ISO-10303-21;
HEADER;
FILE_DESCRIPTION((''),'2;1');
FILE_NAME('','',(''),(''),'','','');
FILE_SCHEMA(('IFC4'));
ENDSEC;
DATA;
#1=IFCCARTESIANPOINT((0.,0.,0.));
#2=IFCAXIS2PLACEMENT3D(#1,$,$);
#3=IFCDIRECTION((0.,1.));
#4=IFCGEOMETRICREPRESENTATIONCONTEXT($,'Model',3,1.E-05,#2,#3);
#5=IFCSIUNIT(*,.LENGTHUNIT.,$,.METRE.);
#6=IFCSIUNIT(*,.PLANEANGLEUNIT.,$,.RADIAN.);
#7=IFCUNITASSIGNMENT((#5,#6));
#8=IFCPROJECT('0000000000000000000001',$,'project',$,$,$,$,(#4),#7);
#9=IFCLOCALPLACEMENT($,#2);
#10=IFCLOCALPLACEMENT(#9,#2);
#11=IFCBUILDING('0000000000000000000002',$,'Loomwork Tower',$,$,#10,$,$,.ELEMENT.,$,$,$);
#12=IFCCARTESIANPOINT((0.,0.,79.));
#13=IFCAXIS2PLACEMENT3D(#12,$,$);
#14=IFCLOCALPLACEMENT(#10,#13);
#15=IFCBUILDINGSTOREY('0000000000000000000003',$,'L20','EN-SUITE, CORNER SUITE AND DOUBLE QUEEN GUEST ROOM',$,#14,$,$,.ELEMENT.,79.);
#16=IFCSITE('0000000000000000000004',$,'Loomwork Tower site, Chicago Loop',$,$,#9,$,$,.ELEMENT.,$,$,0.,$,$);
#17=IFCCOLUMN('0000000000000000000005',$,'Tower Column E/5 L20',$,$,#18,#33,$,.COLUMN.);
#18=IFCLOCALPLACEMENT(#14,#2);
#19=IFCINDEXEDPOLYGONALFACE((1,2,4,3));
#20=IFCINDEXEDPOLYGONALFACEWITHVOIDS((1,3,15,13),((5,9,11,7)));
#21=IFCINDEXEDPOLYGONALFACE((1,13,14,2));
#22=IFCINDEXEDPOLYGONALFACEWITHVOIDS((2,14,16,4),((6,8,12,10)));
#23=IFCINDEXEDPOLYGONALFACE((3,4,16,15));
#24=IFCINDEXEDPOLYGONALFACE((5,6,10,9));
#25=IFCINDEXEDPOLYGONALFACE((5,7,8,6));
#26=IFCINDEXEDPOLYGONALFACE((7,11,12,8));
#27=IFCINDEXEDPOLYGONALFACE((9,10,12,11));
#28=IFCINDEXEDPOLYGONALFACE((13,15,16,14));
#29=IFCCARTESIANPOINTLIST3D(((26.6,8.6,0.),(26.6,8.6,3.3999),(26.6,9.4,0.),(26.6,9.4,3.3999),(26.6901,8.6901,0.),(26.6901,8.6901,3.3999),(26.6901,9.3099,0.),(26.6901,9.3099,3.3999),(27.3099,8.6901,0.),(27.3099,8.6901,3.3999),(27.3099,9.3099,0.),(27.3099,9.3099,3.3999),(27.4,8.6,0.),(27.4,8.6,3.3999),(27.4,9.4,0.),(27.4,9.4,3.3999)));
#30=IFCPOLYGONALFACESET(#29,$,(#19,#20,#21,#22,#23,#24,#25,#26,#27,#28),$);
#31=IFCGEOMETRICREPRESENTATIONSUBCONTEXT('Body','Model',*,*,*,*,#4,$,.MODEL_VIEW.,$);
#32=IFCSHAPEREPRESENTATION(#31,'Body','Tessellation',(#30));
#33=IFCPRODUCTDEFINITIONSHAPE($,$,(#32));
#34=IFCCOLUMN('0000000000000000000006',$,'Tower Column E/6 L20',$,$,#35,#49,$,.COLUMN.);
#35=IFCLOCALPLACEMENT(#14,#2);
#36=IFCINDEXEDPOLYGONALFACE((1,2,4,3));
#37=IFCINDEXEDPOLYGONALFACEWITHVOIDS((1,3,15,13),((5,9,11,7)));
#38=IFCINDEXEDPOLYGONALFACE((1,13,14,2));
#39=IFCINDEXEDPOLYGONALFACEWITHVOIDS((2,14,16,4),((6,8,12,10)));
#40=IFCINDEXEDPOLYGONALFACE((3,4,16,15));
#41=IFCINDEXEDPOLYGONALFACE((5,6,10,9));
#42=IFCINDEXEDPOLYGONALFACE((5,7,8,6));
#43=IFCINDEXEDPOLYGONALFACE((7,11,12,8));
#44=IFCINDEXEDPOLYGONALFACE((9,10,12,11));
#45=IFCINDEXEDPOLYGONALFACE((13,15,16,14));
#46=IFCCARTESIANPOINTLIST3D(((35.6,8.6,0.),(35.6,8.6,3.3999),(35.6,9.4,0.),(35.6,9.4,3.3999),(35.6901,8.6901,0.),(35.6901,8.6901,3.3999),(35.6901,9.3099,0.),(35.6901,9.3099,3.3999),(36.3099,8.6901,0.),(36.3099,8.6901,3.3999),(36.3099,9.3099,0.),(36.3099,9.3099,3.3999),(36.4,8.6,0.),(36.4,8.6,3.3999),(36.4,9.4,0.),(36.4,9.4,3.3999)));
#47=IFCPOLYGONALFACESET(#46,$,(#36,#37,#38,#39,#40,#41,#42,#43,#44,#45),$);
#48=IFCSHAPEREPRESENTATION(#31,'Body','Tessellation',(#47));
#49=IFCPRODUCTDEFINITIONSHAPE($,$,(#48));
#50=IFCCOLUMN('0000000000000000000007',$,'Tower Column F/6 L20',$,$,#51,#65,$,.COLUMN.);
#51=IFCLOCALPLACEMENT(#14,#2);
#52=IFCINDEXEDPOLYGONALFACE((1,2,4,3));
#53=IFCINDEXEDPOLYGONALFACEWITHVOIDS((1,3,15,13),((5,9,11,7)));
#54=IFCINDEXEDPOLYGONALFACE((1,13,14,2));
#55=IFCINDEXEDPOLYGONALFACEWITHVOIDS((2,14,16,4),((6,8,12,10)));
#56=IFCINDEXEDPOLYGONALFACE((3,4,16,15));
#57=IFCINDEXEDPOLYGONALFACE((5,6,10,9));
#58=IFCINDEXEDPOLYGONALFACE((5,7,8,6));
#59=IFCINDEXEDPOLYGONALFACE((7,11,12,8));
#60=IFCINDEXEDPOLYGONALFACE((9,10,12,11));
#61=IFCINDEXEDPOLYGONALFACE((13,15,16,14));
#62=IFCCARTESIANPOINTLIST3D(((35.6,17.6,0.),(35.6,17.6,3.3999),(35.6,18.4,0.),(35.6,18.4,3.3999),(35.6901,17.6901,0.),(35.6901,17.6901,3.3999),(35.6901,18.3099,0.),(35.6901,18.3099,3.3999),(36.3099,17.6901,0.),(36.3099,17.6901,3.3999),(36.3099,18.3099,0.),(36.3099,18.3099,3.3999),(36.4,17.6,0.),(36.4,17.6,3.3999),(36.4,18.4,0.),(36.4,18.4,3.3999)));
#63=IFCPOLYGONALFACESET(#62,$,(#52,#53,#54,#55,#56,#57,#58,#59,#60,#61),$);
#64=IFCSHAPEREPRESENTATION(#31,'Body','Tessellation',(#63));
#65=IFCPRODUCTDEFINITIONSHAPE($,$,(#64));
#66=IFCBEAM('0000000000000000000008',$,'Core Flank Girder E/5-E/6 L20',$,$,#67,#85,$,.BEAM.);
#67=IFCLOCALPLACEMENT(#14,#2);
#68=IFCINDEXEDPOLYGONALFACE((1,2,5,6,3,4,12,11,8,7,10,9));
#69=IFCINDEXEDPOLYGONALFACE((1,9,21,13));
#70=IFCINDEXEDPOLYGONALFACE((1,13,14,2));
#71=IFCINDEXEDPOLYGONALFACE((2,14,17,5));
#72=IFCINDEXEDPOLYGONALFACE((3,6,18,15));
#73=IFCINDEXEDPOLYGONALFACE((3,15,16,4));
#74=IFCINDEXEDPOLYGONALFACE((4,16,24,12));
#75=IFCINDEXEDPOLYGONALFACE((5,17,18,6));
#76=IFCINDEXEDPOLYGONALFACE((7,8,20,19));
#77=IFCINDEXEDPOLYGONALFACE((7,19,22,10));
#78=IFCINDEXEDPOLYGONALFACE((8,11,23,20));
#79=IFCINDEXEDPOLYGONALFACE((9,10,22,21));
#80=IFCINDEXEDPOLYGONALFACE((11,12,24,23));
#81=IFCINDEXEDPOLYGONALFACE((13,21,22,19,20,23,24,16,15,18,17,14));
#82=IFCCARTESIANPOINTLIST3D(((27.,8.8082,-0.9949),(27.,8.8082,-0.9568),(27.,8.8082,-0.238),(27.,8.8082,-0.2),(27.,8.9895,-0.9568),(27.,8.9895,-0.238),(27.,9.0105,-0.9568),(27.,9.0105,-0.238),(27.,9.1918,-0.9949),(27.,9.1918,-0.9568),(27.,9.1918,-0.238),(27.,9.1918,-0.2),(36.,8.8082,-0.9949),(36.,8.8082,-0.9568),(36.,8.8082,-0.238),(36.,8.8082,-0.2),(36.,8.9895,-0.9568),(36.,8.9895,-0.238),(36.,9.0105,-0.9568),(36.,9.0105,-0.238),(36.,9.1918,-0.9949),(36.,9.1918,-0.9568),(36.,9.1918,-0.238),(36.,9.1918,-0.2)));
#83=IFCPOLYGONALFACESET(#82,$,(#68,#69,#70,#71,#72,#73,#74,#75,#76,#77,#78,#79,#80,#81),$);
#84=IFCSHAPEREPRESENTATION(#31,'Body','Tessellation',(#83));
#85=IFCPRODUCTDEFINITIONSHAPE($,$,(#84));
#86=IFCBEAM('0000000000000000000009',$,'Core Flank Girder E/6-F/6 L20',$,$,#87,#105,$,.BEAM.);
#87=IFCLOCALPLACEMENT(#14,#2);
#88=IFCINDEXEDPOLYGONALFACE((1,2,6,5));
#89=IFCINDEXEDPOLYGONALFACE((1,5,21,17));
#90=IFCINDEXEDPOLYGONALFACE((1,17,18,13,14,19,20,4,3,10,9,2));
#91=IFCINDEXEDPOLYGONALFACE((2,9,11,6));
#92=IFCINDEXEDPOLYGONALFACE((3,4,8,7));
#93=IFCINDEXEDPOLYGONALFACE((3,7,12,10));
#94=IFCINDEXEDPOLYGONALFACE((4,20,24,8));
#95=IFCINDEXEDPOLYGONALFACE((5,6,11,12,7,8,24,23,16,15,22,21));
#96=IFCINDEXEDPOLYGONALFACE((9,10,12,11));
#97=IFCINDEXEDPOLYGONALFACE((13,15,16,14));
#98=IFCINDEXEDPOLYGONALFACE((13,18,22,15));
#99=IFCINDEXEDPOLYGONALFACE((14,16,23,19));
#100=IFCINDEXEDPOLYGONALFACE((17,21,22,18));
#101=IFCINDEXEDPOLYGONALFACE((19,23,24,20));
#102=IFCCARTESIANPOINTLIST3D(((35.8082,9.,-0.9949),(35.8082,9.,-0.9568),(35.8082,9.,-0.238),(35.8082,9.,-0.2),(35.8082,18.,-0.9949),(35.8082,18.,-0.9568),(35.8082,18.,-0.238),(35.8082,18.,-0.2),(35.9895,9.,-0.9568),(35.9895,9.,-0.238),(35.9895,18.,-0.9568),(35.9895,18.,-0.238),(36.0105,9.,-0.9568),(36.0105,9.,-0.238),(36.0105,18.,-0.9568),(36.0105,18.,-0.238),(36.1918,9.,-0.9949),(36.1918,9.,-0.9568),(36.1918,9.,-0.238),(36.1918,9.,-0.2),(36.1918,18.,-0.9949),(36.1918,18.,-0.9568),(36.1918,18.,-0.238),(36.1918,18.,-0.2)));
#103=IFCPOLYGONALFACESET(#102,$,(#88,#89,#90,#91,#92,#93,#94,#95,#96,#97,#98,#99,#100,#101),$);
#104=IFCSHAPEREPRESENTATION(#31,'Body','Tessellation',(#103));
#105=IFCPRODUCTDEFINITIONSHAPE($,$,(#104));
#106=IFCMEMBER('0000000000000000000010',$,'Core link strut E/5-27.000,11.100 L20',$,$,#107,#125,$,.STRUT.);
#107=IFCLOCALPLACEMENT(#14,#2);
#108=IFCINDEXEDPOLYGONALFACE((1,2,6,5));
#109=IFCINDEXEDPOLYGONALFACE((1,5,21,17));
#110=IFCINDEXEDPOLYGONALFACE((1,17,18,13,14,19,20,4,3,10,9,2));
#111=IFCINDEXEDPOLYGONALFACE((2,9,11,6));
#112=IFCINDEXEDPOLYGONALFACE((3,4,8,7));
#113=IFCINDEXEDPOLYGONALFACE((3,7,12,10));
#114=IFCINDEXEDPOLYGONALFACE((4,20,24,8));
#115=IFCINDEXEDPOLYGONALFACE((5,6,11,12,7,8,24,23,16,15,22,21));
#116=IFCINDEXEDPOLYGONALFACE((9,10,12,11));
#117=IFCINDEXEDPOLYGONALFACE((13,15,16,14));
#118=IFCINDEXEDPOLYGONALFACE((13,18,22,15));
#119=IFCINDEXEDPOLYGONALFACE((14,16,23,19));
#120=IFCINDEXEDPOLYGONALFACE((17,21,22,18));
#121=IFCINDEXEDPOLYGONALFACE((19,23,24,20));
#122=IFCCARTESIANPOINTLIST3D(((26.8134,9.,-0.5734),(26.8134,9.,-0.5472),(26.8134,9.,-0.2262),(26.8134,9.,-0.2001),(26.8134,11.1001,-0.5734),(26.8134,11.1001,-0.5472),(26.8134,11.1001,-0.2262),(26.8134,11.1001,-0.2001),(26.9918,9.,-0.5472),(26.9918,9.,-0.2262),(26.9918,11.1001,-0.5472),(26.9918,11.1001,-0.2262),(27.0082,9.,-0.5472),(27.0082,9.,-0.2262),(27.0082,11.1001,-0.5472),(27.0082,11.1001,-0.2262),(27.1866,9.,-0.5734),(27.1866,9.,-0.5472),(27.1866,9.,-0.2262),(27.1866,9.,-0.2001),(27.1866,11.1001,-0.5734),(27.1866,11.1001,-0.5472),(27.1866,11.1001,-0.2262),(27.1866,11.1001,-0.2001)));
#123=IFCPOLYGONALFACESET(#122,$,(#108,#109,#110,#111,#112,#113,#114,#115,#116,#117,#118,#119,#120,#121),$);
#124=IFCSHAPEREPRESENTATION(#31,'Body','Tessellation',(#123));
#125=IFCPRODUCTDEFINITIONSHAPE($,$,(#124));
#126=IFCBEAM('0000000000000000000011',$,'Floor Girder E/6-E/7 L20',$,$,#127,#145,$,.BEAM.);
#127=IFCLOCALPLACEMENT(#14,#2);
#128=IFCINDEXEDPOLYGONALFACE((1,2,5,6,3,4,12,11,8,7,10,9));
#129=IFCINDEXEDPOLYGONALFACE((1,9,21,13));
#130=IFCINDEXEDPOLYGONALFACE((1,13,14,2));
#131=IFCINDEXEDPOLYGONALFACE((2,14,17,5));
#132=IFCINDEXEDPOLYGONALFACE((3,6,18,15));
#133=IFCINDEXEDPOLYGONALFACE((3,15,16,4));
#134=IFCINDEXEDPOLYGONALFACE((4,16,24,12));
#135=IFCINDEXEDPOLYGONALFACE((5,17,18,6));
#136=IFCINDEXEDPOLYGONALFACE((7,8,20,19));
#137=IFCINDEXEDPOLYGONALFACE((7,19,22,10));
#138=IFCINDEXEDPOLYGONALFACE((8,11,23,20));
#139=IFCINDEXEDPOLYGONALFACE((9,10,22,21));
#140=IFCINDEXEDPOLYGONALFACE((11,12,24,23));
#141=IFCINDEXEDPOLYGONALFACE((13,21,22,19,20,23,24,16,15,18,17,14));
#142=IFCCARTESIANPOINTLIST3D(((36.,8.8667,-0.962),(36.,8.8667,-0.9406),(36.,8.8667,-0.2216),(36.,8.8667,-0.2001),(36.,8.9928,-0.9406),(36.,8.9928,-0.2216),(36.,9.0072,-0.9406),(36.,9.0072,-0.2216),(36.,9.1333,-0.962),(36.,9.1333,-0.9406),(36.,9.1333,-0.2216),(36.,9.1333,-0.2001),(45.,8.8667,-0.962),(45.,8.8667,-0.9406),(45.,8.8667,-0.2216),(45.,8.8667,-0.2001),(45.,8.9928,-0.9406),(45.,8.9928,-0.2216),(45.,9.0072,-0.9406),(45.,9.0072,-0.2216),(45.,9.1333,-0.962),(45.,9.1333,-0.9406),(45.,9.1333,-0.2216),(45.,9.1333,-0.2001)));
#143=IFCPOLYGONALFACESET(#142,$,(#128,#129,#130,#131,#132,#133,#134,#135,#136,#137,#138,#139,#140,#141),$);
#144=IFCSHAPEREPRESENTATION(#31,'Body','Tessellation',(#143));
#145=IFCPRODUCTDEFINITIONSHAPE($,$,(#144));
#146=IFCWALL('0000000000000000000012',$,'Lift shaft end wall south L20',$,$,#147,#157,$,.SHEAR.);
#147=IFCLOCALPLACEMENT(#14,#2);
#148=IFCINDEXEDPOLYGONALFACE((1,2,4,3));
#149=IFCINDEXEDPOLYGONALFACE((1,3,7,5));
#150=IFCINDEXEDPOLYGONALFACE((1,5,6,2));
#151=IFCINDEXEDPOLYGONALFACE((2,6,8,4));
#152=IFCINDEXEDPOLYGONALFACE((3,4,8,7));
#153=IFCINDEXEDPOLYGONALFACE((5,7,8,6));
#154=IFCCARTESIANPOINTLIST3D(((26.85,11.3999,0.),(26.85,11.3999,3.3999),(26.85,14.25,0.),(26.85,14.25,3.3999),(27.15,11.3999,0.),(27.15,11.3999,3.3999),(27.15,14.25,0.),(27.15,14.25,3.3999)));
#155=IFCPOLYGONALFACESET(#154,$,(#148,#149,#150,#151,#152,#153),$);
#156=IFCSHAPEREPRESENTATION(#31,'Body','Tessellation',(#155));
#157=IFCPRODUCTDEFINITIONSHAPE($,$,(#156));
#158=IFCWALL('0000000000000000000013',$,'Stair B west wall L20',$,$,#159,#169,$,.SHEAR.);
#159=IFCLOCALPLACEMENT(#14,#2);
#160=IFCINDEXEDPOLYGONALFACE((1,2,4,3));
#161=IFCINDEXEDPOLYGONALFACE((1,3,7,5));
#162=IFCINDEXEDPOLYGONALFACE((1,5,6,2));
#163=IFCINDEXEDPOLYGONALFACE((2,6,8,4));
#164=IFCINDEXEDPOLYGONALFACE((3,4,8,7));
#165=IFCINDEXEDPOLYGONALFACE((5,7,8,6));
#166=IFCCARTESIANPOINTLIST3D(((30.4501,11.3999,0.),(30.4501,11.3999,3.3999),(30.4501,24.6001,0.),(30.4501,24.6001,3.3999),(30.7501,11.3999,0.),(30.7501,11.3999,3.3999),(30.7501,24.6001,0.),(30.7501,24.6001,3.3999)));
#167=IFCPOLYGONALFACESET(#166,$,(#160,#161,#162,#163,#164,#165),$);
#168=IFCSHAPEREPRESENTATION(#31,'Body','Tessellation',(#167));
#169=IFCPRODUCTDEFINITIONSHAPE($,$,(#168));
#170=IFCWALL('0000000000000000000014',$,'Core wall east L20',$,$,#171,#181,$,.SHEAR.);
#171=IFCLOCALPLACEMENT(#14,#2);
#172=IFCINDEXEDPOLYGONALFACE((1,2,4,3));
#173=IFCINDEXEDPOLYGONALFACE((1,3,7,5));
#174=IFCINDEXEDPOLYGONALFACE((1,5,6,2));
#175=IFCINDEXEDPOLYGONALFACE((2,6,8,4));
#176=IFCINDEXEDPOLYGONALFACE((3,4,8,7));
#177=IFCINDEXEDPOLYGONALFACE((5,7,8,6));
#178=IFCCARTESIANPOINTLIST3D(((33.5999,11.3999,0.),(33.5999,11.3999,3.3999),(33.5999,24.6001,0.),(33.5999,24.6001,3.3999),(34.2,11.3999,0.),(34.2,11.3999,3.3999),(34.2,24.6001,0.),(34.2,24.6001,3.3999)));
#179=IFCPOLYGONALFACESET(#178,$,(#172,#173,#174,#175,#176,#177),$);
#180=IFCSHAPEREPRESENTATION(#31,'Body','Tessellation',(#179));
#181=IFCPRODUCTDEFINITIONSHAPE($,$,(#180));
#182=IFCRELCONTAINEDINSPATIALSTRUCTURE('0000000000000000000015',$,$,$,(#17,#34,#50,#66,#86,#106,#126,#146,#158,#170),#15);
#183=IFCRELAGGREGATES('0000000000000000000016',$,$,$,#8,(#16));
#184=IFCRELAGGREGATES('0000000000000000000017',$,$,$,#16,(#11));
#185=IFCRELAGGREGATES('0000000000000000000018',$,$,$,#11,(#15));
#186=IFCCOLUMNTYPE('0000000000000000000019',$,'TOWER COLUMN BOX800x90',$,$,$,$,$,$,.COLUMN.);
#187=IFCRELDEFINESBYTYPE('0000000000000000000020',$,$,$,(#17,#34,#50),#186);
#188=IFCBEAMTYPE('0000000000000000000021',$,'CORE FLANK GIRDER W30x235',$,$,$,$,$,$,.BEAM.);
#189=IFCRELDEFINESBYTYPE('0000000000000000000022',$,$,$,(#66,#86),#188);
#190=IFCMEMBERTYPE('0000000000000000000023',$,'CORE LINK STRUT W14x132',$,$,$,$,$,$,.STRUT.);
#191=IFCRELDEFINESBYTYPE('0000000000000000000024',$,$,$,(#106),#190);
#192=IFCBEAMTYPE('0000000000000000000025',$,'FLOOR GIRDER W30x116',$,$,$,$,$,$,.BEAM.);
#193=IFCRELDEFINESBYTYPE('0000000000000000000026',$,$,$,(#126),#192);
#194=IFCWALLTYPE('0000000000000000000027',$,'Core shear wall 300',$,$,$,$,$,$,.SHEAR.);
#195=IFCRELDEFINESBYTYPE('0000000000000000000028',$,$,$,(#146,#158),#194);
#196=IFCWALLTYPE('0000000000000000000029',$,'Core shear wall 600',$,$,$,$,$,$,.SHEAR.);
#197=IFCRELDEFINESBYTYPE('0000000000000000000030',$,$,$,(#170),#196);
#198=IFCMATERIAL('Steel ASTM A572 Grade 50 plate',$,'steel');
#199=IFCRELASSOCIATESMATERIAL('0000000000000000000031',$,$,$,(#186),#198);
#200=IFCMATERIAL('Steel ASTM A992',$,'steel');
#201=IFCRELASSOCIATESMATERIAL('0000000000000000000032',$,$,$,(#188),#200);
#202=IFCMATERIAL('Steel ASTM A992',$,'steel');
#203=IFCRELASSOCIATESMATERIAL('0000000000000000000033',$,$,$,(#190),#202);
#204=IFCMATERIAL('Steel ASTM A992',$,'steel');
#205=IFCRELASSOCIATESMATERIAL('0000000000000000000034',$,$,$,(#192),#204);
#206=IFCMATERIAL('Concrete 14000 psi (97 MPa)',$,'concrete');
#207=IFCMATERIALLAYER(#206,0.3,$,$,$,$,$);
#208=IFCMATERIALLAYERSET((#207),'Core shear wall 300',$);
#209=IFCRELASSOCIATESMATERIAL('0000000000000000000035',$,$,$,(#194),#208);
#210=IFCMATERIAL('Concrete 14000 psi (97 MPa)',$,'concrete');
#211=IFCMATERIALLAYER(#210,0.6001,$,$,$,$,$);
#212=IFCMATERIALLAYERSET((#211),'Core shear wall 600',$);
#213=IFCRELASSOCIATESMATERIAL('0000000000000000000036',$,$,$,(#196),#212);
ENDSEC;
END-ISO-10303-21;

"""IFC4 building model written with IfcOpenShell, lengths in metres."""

from ifc_helpers import new_model, si_unit, direction, frame, frame_2d, origin, origin_2d, place, context, subcontext, project, spatial, rectangle, hollow_rectangle, i_section, extrude, material, layer, layer_set, material_profile, profile_set, type_object, element, save


model = new_model("IFC4")

# Units and contexts
model_context = context("Model", 3, precision=1e-05, world=origin(), true_north=direction((0.0, 1.0)))
body_context = subcontext(model_context, "Body", "Model", "MODEL_VIEW")
ifc_project = project(units=[si_unit("LENGTHUNIT", "METRE"), si_unit("PLANEANGLEUNIT", "RADIAN")], contexts=[model_context])

# Site, building, storey
site_placement = place(None, origin())
site = spatial("IfcSite", under=ifc_project, at=site_placement, Name="Loomwork Tower site, Chicago Loop", CompositionType="ELEMENT", RefElevation=0.0)
building_placement = place(site_placement, origin())
building = spatial("IfcBuilding", under=site, at=building_placement, Name="Loomwork Tower", CompositionType="ELEMENT")
storey_placement = place(building_placement, frame((0.0, 0.0, 79.0)))
storey = spatial("IfcBuildingStorey", under=building, at=storey_placement, Name="L20", Description="EN-SUITE, CORNER SUITE AND DOUBLE QUEEN GUEST ROOM", CompositionType="ELEMENT", Elevation=79.0)

# Columns
ifc_material_1 = material(Name="Steel ASTM A572 Grade 50 plate", Category="steel")
ifc_material_profile_1 = material_profile(ifc_material_1, hollow_rectangle(XDim=0.8, YDim=0.8, WallThickness=0.0901, at=origin_2d()), Name="BOX800x90")
ifc_profile_set_1 = profile_set([ifc_material_profile_1], Name="Steel ASTM A572 Grade 50 plate")
column_type = type_object("IfcColumnType", Name="TOWER COLUMN BOX800x90", PredefinedType="COLUMN", material=ifc_profile_set_1)
for number, where, z_axis, x_axis, name in (
    (1, (27.0, 9.0, 0.0), (0.0, 0.0, 1.0), (1.0, 0.0, 0.0), "Tower Column E/5 L20"),
    (2, (36.0, 9.0, 0.0), (0.0, 0.0, 1.0), (0.0, 1.0, 0.0), "Tower Column E/6 L20"),
    (3, (36.0, 18.0, 0.0), (0.0, 0.0, 1.0), (0.0, 1.0, 0.0), "Tower Column F/6 L20"),
):
    element("IfcColumn", number, at=place(storey_placement, frame(where, z_axis=z_axis, x_axis=x_axis)), inside=storey, type_object=column_type, Name=name, PredefinedType="COLUMN", context=body_context, shape_type="SweptSolid", body=[
        extrude(hollow_rectangle(XDim=0.8, YDim=0.8, WallThickness=0.0901, at=origin_2d()), origin(), (0.0, 0.0, 1.0), 3.3999),
    ])

# Beams
ifc_material_2 = material(Name="Steel ASTM A992", Category="steel")
ifc_material_profile_2 = material_profile(ifc_material_2, i_section(OverallWidth=0.3835, OverallDepth=0.7949, WebThickness=0.021, FlangeThickness=0.0381, at=origin_2d()), Name="W30x235")
ifc_profile_set_2 = profile_set([ifc_material_profile_2], Name="Steel ASTM A992")
beam_type_1 = type_object("IfcBeamType", Name="CORE FLANK GIRDER W30x235", PredefinedType="BEAM", material=ifc_profile_set_2)
for number, where, z_axis, x_axis, name in (
    (4, (27.0, 9.0, -0.5974), (1.0, 0.0, 0.0), (0.0, 1.0, 0.0), "Core Flank Girder E/5-E/6 L20"),
    (5, (36.0, 9.0, -0.5974), (0.0, 1.0, 0.0), (-1.0, 0.0, 0.0), "Core Flank Girder E/6-F/6 L20"),
):
    element("IfcBeam", number, at=place(storey_placement, frame(where, z_axis=z_axis, x_axis=x_axis)), inside=storey, type_object=beam_type_1, Name=name, PredefinedType="BEAM", context=body_context, shape_type="SweptSolid", body=[
        extrude(i_section(OverallWidth=0.3835, OverallDepth=0.7949, WebThickness=0.021, FlangeThickness=0.0381, at=origin_2d()), origin(), (0.0, 0.0, 1.0), 9.0),
    ])

# Member
ifc_material_3 = material(Name="Steel ASTM A992", Category="steel")
ifc_material_profile_3 = material_profile(ifc_material_3, i_section(OverallWidth=0.3733, OverallDepth=0.3733, WebThickness=0.0164, FlangeThickness=0.0261, at=origin_2d()), Name="W14x132")
ifc_profile_set_3 = profile_set([ifc_material_profile_3], Name="Steel ASTM A992")
member_type = type_object("IfcMemberType", Name="CORE LINK STRUT W14x132", PredefinedType="STRUT", material=ifc_profile_set_3)
member_placement = place(storey_placement, frame((27.0, 9.0, -0.3867), z_axis=(0.0, 1.0, 0.0), x_axis=(-1.0, 0.0, 0.0)))
element("IfcMember", 6, at=member_placement, inside=storey, type_object=member_type, Name="Core link strut E/5-27.000,11.100 L20", PredefinedType="STRUT", context=body_context, shape_type="SweptSolid", body=[
    extrude(i_section(OverallWidth=0.3733, OverallDepth=0.3733, WebThickness=0.0164, FlangeThickness=0.0261, at=origin_2d()), origin(), (0.0, 0.0, 1.0), 2.1001),
])

# Beam
ifc_material_4 = material(Name="Steel ASTM A992", Category="steel")
ifc_material_profile_4 = material_profile(ifc_material_4, i_section(OverallWidth=0.2666, OverallDepth=0.762, WebThickness=0.0144, FlangeThickness=0.0215, at=origin_2d()), Name="W30x116")
ifc_profile_set_4 = profile_set([ifc_material_profile_4], Name="Steel ASTM A992")
beam_type_2 = type_object("IfcBeamType", Name="FLOOR GIRDER W30x116", PredefinedType="BEAM", material=ifc_profile_set_4)
beam_placement = place(storey_placement, frame((36.0, 9.0, -0.5811), z_axis=(1.0, 0.0, 0.0), x_axis=(0.0, 1.0, 0.0)))
element("IfcBeam", 7, at=beam_placement, inside=storey, type_object=beam_type_2, Name="Floor Girder E/6-E/7 L20", PredefinedType="BEAM", context=body_context, shape_type="SweptSolid", body=[
    extrude(i_section(OverallWidth=0.2666, OverallDepth=0.762, WebThickness=0.0144, FlangeThickness=0.0215, at=origin_2d()), origin(), (0.0, 0.0, 1.0), 9.0),
])

# Walls
ifc_material_5 = material(Name="Concrete 14000 psi (97 MPa)", Category="concrete")
ifc_layer_1 = layer(ifc_material_5, 0.3)
ifc_layer_set_1 = layer_set([ifc_layer_1], Name="Core shear wall 300")
wall_type_1 = type_object("IfcWallType", Name="Core shear wall 300", PredefinedType="SHEAR", material=ifc_layer_set_1)
wall_1_placement = place(storey_placement, frame((27.0, 11.3999, 0.0), z_axis=(0.0, 0.0, 1.0), x_axis=(0.0, 1.0, 0.0)))
element("IfcWall", 8, at=wall_1_placement, inside=storey, type_object=wall_type_1, Name="Lift shaft end wall south L20", PredefinedType="SHEAR", context=body_context, shape_type="SweptSolid", body=[
    extrude(rectangle(XDim=2.8501, YDim=0.3, at=frame_2d((1.425, 0.0))), origin(), (0.0, 0.0, 1.0), 3.3999),
])
wall_2_placement = place(storey_placement, frame((30.6001, 11.3999, 0.0), z_axis=(0.0, 0.0, 1.0), x_axis=(0.0, 1.0, 0.0)))
element("IfcWall", 9, at=wall_2_placement, inside=storey, type_object=wall_type_1, Name="Stair B west wall L20", PredefinedType="SHEAR", context=body_context, shape_type="SweptSolid", body=[
    extrude(rectangle(XDim=13.2002, YDim=0.3, at=frame_2d((6.6001, 0.0))), origin(), (0.0, 0.0, 1.0), 3.3999),
])
ifc_material_6 = material(Name="Concrete 14000 psi (97 MPa)", Category="concrete")
ifc_layer_2 = layer(ifc_material_6, 0.6001)
ifc_layer_set_2 = layer_set([ifc_layer_2], Name="Core shear wall 600")
wall_type_2 = type_object("IfcWallType", Name="Core shear wall 600", PredefinedType="SHEAR", material=ifc_layer_set_2)
wall_3_placement = place(storey_placement, frame((33.8999, 11.3999, 0.0), z_axis=(0.0, 0.0, 1.0), x_axis=(0.0, 1.0, 0.0)))
element("IfcWall", 10, at=wall_3_placement, inside=storey, type_object=wall_type_2, Name="Core wall east L20", PredefinedType="SHEAR", context=body_context, shape_type="SweptSolid", body=[
    extrude(rectangle(XDim=13.2002, YDim=0.6001, at=frame_2d((6.6001, 0.0))), origin(), (0.0, 0.0, 1.0), 3.3999),
])

save(model, "model.ifc")
